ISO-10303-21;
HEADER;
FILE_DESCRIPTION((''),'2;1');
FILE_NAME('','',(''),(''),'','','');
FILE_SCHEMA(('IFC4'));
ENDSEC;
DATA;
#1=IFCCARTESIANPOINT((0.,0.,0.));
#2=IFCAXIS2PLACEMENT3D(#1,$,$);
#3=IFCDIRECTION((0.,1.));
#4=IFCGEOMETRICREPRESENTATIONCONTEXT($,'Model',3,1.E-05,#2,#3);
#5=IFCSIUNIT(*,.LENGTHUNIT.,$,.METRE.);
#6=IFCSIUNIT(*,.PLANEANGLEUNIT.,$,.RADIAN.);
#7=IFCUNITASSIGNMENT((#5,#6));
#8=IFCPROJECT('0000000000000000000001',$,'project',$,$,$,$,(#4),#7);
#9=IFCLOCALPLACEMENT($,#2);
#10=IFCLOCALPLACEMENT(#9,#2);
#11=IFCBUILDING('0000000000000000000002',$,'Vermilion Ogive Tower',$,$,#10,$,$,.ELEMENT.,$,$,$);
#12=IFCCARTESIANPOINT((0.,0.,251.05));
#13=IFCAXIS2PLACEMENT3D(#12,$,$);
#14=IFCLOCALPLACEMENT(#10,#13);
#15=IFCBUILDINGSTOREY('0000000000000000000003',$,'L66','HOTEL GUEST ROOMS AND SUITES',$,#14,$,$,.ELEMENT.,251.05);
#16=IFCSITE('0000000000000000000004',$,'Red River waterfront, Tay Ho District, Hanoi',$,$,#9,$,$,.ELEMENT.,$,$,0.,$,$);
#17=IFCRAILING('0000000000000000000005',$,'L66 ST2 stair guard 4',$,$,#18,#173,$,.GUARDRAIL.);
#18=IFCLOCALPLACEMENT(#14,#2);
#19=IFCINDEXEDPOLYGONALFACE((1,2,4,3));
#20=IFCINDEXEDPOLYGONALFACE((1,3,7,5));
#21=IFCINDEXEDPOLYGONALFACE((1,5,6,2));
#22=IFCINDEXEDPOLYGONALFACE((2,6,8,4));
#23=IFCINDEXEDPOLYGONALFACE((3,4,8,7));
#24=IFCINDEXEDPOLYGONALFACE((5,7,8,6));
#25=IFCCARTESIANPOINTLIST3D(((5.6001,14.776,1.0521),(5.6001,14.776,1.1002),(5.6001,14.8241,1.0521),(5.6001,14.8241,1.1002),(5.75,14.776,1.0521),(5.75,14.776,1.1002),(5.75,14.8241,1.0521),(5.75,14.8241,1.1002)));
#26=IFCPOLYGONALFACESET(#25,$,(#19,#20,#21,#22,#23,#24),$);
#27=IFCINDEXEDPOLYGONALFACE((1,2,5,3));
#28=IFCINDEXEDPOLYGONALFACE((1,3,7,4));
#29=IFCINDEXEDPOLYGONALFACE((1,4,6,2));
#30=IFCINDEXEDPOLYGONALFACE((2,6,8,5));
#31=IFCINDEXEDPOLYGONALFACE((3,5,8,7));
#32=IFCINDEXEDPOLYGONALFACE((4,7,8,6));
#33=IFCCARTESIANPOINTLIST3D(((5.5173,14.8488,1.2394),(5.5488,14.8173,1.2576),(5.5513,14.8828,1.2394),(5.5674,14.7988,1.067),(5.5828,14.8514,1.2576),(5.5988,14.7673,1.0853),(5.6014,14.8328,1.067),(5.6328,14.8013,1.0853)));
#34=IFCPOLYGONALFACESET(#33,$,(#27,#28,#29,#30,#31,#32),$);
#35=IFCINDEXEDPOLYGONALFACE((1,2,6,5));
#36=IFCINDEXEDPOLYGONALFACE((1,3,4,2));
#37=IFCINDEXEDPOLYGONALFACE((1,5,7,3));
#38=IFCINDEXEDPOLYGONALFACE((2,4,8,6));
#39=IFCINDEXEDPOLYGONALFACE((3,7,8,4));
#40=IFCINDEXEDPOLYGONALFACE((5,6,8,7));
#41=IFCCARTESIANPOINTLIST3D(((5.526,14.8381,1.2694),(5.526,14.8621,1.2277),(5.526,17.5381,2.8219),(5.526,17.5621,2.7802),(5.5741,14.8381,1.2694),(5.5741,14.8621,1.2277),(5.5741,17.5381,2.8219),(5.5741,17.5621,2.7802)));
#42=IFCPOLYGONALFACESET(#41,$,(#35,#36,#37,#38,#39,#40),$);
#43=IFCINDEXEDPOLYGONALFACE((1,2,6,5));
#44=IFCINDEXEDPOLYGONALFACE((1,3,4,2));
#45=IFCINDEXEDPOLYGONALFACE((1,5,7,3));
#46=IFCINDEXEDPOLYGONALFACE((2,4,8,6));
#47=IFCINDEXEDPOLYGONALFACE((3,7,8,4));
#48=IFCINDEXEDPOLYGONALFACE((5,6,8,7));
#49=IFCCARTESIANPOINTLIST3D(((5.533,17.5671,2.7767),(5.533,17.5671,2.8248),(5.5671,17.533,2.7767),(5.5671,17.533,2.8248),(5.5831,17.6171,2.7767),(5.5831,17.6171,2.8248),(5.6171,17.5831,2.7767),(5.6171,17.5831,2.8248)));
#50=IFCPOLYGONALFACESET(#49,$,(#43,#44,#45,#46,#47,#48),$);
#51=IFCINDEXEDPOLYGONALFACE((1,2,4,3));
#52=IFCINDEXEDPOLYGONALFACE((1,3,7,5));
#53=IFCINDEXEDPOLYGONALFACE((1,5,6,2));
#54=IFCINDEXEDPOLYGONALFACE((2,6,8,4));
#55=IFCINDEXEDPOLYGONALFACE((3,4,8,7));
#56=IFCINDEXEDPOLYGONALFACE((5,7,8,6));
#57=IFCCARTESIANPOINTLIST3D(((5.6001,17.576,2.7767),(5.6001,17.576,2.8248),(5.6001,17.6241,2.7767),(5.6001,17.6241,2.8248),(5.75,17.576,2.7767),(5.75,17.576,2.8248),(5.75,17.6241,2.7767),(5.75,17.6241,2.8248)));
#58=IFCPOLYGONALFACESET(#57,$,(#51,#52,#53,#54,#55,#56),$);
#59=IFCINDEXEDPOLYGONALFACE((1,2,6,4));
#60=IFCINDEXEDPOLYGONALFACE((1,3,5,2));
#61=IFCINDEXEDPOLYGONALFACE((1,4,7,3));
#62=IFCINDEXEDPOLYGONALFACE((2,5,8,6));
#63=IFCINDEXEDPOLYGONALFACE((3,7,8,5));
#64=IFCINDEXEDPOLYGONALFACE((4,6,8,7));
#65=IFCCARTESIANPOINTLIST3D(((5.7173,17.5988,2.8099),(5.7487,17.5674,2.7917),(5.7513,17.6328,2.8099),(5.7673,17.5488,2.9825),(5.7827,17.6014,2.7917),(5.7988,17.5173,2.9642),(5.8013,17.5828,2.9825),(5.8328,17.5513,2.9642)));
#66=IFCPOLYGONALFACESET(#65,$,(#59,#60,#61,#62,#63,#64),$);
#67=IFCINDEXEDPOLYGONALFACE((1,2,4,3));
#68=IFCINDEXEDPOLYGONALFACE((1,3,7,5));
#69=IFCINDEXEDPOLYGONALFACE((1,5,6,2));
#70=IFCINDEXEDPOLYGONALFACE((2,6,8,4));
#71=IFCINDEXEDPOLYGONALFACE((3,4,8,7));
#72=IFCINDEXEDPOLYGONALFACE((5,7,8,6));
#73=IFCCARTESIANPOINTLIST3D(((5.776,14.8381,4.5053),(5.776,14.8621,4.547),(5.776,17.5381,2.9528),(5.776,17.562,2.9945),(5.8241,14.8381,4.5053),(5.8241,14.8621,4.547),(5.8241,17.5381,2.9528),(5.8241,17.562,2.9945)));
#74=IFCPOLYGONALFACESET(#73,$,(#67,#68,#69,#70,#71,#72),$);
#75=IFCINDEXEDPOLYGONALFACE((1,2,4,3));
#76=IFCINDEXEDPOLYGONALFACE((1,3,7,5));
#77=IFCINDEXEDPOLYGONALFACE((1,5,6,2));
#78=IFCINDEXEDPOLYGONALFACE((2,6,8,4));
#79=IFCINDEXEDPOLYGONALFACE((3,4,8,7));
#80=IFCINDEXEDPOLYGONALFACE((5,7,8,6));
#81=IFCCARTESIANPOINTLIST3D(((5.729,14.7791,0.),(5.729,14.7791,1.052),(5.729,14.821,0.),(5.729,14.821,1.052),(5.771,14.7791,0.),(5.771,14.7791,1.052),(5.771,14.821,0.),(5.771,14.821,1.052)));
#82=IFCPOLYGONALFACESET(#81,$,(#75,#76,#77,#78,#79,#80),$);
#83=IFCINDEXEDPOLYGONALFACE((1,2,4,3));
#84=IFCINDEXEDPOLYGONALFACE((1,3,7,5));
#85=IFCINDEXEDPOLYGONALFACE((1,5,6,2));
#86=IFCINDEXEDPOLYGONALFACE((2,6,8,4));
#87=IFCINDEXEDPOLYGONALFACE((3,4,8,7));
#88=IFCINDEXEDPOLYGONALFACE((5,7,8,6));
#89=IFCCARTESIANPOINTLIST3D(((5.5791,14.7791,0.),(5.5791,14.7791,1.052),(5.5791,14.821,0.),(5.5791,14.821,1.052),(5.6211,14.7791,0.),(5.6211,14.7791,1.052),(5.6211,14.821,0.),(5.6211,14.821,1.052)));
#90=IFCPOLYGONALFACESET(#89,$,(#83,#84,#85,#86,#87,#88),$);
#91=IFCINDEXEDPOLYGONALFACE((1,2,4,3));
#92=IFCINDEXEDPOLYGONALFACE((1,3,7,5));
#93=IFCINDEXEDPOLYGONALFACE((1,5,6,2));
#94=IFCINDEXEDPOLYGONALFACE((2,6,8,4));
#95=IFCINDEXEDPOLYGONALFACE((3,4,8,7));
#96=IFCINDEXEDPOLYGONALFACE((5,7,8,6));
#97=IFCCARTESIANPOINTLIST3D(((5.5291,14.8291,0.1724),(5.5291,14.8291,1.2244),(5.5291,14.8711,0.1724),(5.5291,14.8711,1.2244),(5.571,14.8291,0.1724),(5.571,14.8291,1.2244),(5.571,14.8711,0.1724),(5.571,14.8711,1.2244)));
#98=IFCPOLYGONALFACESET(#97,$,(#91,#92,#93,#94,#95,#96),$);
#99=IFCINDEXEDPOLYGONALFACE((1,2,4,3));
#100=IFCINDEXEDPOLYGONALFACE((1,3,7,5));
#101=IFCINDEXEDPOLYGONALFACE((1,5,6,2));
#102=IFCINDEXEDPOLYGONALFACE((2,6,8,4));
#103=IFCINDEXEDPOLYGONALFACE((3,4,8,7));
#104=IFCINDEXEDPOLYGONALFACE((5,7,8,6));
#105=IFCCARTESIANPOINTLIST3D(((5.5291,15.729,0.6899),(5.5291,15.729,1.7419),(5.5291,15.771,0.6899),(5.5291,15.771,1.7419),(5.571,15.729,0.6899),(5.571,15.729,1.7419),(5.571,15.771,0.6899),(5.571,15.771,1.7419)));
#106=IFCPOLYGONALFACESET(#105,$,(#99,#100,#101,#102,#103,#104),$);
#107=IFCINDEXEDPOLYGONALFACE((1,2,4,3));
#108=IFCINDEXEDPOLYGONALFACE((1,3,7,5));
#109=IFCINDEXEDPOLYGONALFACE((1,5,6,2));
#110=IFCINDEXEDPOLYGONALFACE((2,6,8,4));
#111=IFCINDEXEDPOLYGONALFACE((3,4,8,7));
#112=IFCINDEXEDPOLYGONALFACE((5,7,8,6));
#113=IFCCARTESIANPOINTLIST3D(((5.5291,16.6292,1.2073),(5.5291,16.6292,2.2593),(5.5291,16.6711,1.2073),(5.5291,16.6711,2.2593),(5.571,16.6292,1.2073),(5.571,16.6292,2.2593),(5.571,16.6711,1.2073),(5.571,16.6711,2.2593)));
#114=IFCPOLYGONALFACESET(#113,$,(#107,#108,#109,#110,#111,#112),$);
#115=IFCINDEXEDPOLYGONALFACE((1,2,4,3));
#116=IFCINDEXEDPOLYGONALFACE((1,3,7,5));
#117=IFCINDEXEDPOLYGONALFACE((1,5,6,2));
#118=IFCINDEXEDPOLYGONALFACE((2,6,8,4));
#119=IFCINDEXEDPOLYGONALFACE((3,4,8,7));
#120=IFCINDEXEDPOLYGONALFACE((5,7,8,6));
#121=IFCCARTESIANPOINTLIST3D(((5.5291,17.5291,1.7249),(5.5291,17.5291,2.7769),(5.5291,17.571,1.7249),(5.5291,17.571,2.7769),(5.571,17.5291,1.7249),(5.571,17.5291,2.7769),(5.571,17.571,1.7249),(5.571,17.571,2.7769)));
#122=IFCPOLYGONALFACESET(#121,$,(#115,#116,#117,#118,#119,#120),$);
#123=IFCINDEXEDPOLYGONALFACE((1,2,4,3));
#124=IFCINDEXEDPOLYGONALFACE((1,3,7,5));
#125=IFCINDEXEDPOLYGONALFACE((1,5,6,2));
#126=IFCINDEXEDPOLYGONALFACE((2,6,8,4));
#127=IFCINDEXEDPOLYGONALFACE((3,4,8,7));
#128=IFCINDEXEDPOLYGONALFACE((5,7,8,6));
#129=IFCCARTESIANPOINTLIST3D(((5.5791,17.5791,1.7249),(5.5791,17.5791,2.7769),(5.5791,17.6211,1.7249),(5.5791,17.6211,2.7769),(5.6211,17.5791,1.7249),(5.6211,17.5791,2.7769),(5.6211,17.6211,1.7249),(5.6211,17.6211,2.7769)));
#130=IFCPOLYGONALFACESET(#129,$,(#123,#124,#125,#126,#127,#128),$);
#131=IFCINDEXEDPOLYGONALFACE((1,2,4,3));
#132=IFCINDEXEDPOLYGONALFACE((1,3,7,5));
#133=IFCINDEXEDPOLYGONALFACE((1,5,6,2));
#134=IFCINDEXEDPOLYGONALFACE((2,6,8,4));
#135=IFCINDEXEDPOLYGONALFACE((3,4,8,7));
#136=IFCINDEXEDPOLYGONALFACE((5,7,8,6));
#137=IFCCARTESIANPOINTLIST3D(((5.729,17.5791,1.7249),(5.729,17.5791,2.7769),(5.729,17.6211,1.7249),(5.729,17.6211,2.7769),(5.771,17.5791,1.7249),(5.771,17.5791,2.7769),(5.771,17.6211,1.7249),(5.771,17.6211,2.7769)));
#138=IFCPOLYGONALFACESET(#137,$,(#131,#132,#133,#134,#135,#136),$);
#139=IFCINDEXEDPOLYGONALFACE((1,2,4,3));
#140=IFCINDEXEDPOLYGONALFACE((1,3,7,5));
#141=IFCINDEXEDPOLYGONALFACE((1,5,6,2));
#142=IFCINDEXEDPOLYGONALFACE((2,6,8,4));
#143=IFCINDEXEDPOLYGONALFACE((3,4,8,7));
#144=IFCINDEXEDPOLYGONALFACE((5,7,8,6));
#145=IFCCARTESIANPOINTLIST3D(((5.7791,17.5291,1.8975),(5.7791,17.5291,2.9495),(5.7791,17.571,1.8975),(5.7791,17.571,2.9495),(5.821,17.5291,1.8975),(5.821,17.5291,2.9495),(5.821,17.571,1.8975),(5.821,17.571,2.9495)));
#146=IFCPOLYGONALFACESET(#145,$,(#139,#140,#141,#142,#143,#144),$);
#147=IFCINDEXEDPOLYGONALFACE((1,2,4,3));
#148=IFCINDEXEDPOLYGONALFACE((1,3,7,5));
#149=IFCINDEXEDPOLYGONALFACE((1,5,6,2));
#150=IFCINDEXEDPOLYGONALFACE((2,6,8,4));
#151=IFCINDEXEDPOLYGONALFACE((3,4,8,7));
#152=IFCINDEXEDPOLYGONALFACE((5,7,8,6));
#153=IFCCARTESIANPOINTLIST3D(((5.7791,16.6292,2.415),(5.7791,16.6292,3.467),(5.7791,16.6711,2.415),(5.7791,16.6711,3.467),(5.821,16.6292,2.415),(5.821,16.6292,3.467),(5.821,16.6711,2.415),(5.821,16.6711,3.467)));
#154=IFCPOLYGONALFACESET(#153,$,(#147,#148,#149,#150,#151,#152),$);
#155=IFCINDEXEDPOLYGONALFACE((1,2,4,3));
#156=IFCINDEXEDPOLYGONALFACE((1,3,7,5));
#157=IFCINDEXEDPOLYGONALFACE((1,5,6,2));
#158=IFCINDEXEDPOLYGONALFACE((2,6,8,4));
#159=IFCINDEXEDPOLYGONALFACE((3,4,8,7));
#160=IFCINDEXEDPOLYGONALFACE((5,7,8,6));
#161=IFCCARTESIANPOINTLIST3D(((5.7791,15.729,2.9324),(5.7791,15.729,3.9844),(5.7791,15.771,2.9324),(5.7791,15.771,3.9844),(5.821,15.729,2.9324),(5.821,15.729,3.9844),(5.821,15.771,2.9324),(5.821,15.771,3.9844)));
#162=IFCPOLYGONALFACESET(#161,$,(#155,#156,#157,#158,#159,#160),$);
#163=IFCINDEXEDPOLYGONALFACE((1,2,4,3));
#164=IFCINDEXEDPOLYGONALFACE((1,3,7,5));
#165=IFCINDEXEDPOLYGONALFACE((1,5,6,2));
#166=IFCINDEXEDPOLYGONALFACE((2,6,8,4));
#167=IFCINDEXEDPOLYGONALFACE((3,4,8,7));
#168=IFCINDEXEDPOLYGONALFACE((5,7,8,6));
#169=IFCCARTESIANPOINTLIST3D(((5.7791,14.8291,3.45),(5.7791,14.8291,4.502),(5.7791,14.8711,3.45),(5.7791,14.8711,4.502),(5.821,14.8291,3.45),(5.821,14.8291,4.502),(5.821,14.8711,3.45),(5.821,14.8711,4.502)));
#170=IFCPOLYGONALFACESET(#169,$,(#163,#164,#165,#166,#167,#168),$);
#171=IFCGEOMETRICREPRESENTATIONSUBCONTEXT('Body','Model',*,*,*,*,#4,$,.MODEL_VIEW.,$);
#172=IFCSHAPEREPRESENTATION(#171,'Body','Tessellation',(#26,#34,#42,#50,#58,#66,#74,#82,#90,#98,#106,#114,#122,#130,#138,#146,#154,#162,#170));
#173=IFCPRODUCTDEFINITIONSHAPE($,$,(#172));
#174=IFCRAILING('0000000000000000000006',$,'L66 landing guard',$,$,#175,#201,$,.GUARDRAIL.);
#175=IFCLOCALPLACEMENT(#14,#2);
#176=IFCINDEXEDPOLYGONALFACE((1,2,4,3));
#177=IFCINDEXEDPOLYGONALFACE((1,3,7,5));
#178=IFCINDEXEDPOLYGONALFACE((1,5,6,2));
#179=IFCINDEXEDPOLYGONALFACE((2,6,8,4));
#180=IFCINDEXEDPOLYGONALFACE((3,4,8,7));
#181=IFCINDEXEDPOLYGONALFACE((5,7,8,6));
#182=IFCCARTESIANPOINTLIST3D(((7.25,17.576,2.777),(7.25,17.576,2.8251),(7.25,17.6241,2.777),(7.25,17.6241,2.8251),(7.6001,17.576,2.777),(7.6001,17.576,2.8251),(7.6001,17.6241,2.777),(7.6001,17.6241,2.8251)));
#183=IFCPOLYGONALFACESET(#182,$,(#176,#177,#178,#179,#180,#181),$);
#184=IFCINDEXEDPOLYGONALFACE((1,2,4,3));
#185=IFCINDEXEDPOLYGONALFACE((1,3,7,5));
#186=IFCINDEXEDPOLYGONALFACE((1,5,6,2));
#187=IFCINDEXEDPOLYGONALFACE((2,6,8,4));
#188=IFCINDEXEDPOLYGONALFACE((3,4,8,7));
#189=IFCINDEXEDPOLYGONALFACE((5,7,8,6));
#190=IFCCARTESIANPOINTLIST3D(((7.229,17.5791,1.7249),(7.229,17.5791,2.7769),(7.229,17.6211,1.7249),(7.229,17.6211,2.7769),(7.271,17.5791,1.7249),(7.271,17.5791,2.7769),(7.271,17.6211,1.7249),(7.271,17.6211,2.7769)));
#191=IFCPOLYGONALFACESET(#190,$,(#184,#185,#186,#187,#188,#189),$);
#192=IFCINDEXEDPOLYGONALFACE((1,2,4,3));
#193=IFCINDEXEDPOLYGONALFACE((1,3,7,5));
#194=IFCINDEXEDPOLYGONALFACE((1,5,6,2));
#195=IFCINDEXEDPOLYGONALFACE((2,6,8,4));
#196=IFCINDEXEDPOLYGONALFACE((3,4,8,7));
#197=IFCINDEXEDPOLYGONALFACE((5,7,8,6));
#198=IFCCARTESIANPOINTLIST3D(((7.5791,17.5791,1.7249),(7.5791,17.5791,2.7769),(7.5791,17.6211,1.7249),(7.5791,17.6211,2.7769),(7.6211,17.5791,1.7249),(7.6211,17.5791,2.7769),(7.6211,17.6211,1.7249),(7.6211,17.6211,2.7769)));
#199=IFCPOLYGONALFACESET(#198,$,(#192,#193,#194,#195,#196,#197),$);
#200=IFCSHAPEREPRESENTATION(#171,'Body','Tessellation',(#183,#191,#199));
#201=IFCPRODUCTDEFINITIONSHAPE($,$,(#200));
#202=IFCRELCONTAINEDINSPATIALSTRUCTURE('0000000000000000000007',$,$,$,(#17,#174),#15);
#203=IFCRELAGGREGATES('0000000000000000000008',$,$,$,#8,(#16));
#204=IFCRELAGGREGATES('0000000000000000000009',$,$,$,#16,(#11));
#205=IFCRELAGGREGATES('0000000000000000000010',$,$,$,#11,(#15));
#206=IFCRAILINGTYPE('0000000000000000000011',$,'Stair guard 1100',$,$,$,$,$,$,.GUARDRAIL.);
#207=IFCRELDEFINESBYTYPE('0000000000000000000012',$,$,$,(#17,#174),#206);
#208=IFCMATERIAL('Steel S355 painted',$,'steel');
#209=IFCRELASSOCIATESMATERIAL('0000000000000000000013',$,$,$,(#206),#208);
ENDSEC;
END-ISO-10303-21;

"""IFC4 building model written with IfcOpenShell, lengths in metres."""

from ifc_helpers import new_model, si_unit, direction, frame, origin, origin_2d, place, context, subcontext, project, spatial, rectangle, extrude, material, type_object, element, save


model = new_model("IFC4")

# Units and contexts
model_context = context("Model", 3, precision=1e-05, world=origin(), true_north=direction((0.0, 1.0)))
body_context = subcontext(model_context, "Body", "Model", "MODEL_VIEW")
ifc_project = project(units=[si_unit("LENGTHUNIT", "METRE"), si_unit("PLANEANGLEUNIT", "RADIAN")], contexts=[model_context])

# Site, building, storey
site_placement = place(None, origin())
site = spatial("IfcSite", under=ifc_project, at=site_placement, Name="Red River waterfront, Tay Ho District, Hanoi", CompositionType="ELEMENT", RefElevation=0.0)
building_placement = place(site_placement, origin())
building = spatial("IfcBuilding", under=site, at=building_placement, Name="Vermilion Ogive Tower", CompositionType="ELEMENT")
storey_placement = place(building_placement, frame((0.0, 0.0, 251.05)))
storey = spatial("IfcBuildingStorey", under=building, at=storey_placement, Name="L66", Description="HOTEL GUEST ROOMS AND SUITES", CompositionType="ELEMENT", Elevation=251.05)

# Railings
ifc_material_1 = material(Name="Steel S355 painted", Category="steel")
railing_type_1 = type_object("IfcRailingType", Name="Stair guard 1100", PredefinedType="GUARDRAIL", material=ifc_material_1)
railing_1_placement = place(storey_placement, frame((5.75, 14.8, 0.0)))
element("IfcRailing", 1, at=railing_1_placement, inside=storey, type_object=railing_type_1, Name="L66 ST2 stair guard 4", PredefinedType="GUARDRAIL", context=body_context, shape_type="SweptSolid", body=[
    extrude(rectangle(XDim=0.0481, YDim=0.0481, at=origin_2d()), frame((0.0, 0.0, 1.0762), z_axis=(-1.0, 0.0, 0.0), x_axis=(0.0, -1.0, 0.0)), (0.0, 0.0, 1.0), 0.1499),
    extrude(rectangle(XDim=0.0481, YDim=0.0481, at=origin_2d()), frame((-0.1499, 0.0, 1.0762), z_axis=(-0.268603, 0.268603, 0.925043), x_axis=(-0.707107, -0.707107, 0.0)), (0.0, 0.0, 1.0), 0.1863),
    extrude(rectangle(XDim=0.0481, YDim=0.0481, at=origin_2d()), frame((-0.2, 0.05, 1.2485), z_axis=(0.0, 0.866904, 0.498476), x_axis=(-1.0, 0.0, 0.0)), (0.0, 0.0, 1.0), 3.1145),
    extrude(rectangle(XDim=0.0481, YDim=0.0481, at=origin_2d()), frame((-0.2, 2.75, 2.8008), z_axis=(0.707107, 0.707107, 0.0), x_axis=(-0.707107, 0.707107, 0.0)), (0.0, 0.0, 1.0), 0.0708),
    extrude(rectangle(XDim=0.0481, YDim=0.0481, at=origin_2d()), frame((-0.1499, 2.8, 2.8008), z_axis=(1.0, 0.0, 0.0), x_axis=(0.0, 1.0, 0.0)), (0.0, 0.0, 1.0), 0.1499),
    extrude(rectangle(XDim=0.0481, YDim=0.0481, at=origin_2d()), frame((0.0, 2.8, 2.8008), z_axis=(0.268278, -0.268278, 0.925232), x_axis=(0.707107, 0.707107, 0.0)), (0.0, 0.0, 1.0), 0.1865),
    extrude(rectangle(XDim=0.0481, YDim=0.0481, at=origin_2d()), frame((0.05, 2.75, 2.9736), z_axis=(0.0, -0.866904, 0.498476), x_axis=(1.0, 0.0, 0.0)), (0.0, 0.0, 1.0), 3.1145),
    extrude(rectangle(XDim=0.042, YDim=0.042, at=origin_2d()), origin(), (0.0, 0.0, 1.0), 1.052),
    extrude(rectangle(XDim=0.042, YDim=0.042, at=origin_2d()), frame((-0.1499, 0.0, 0.0)), (0.0, 0.0, 1.0), 1.052),
    extrude(rectangle(XDim=0.042, YDim=0.042, at=origin_2d()), frame((-0.2, 0.05, 0.1724)), (0.0, 0.0, 1.0), 1.052),
    extrude(rectangle(XDim=0.042, YDim=0.042, at=origin_2d()), frame((-0.2, 0.95, 0.6899)), (0.0, 0.0, 1.0), 1.052),
    extrude(rectangle(XDim=0.042, YDim=0.042, at=origin_2d()), frame((-0.2, 1.8501, 1.2073)), (0.0, 0.0, 1.0), 1.052),
    extrude(rectangle(XDim=0.042, YDim=0.042, at=origin_2d()), frame((-0.2, 2.75, 1.7249)), (0.0, 0.0, 1.0), 1.052),
    extrude(rectangle(XDim=0.042, YDim=0.042, at=origin_2d()), frame((-0.1499, 2.8, 1.7249)), (0.0, 0.0, 1.0), 1.052),
    extrude(rectangle(XDim=0.042, YDim=0.042, at=origin_2d()), frame((0.0, 2.8, 1.7249)), (0.0, 0.0, 1.0), 1.052),
    extrude(rectangle(XDim=0.042, YDim=0.042, at=origin_2d()), frame((0.05, 2.75, 1.8975)), (0.0, 0.0, 1.0), 1.052),
    extrude(rectangle(XDim=0.042, YDim=0.042, at=origin_2d()), frame((0.05, 1.8501, 2.415)), (0.0, 0.0, 1.0), 1.052),
    extrude(rectangle(XDim=0.042, YDim=0.042, at=origin_2d()), frame((0.05, 0.95, 2.9324)), (0.0, 0.0, 1.0), 1.052),
    extrude(rectangle(XDim=0.042, YDim=0.042, at=origin_2d()), frame((0.05, 0.05, 3.45)), (0.0, 0.0, 1.0), 1.052),
])
railing_2_placement = place(storey_placement, frame((7.25, 17.6001, 1.7249)))
element("IfcRailing", 2, at=railing_2_placement, inside=storey, type_object=railing_type_1, Name="L66 landing guard", PredefinedType="GUARDRAIL", context=body_context, shape_type="SweptSolid", body=[
    extrude(rectangle(XDim=0.0481, YDim=0.0481, at=origin_2d()), frame((0.0, 0.0, 1.0762), z_axis=(1.0, 0.0, 0.0), x_axis=(0.0, 1.0, 0.0)), (0.0, 0.0, 1.0), 0.3501),
    extrude(rectangle(XDim=0.042, YDim=0.042, at=origin_2d()), origin(), (0.0, 0.0, 1.0), 1.052),
    extrude(rectangle(XDim=0.042, YDim=0.042, at=origin_2d()), frame((0.3501, 0.0, 0.0)), (0.0, 0.0, 1.0), 1.052),
])

save(model, "model.ifc")
